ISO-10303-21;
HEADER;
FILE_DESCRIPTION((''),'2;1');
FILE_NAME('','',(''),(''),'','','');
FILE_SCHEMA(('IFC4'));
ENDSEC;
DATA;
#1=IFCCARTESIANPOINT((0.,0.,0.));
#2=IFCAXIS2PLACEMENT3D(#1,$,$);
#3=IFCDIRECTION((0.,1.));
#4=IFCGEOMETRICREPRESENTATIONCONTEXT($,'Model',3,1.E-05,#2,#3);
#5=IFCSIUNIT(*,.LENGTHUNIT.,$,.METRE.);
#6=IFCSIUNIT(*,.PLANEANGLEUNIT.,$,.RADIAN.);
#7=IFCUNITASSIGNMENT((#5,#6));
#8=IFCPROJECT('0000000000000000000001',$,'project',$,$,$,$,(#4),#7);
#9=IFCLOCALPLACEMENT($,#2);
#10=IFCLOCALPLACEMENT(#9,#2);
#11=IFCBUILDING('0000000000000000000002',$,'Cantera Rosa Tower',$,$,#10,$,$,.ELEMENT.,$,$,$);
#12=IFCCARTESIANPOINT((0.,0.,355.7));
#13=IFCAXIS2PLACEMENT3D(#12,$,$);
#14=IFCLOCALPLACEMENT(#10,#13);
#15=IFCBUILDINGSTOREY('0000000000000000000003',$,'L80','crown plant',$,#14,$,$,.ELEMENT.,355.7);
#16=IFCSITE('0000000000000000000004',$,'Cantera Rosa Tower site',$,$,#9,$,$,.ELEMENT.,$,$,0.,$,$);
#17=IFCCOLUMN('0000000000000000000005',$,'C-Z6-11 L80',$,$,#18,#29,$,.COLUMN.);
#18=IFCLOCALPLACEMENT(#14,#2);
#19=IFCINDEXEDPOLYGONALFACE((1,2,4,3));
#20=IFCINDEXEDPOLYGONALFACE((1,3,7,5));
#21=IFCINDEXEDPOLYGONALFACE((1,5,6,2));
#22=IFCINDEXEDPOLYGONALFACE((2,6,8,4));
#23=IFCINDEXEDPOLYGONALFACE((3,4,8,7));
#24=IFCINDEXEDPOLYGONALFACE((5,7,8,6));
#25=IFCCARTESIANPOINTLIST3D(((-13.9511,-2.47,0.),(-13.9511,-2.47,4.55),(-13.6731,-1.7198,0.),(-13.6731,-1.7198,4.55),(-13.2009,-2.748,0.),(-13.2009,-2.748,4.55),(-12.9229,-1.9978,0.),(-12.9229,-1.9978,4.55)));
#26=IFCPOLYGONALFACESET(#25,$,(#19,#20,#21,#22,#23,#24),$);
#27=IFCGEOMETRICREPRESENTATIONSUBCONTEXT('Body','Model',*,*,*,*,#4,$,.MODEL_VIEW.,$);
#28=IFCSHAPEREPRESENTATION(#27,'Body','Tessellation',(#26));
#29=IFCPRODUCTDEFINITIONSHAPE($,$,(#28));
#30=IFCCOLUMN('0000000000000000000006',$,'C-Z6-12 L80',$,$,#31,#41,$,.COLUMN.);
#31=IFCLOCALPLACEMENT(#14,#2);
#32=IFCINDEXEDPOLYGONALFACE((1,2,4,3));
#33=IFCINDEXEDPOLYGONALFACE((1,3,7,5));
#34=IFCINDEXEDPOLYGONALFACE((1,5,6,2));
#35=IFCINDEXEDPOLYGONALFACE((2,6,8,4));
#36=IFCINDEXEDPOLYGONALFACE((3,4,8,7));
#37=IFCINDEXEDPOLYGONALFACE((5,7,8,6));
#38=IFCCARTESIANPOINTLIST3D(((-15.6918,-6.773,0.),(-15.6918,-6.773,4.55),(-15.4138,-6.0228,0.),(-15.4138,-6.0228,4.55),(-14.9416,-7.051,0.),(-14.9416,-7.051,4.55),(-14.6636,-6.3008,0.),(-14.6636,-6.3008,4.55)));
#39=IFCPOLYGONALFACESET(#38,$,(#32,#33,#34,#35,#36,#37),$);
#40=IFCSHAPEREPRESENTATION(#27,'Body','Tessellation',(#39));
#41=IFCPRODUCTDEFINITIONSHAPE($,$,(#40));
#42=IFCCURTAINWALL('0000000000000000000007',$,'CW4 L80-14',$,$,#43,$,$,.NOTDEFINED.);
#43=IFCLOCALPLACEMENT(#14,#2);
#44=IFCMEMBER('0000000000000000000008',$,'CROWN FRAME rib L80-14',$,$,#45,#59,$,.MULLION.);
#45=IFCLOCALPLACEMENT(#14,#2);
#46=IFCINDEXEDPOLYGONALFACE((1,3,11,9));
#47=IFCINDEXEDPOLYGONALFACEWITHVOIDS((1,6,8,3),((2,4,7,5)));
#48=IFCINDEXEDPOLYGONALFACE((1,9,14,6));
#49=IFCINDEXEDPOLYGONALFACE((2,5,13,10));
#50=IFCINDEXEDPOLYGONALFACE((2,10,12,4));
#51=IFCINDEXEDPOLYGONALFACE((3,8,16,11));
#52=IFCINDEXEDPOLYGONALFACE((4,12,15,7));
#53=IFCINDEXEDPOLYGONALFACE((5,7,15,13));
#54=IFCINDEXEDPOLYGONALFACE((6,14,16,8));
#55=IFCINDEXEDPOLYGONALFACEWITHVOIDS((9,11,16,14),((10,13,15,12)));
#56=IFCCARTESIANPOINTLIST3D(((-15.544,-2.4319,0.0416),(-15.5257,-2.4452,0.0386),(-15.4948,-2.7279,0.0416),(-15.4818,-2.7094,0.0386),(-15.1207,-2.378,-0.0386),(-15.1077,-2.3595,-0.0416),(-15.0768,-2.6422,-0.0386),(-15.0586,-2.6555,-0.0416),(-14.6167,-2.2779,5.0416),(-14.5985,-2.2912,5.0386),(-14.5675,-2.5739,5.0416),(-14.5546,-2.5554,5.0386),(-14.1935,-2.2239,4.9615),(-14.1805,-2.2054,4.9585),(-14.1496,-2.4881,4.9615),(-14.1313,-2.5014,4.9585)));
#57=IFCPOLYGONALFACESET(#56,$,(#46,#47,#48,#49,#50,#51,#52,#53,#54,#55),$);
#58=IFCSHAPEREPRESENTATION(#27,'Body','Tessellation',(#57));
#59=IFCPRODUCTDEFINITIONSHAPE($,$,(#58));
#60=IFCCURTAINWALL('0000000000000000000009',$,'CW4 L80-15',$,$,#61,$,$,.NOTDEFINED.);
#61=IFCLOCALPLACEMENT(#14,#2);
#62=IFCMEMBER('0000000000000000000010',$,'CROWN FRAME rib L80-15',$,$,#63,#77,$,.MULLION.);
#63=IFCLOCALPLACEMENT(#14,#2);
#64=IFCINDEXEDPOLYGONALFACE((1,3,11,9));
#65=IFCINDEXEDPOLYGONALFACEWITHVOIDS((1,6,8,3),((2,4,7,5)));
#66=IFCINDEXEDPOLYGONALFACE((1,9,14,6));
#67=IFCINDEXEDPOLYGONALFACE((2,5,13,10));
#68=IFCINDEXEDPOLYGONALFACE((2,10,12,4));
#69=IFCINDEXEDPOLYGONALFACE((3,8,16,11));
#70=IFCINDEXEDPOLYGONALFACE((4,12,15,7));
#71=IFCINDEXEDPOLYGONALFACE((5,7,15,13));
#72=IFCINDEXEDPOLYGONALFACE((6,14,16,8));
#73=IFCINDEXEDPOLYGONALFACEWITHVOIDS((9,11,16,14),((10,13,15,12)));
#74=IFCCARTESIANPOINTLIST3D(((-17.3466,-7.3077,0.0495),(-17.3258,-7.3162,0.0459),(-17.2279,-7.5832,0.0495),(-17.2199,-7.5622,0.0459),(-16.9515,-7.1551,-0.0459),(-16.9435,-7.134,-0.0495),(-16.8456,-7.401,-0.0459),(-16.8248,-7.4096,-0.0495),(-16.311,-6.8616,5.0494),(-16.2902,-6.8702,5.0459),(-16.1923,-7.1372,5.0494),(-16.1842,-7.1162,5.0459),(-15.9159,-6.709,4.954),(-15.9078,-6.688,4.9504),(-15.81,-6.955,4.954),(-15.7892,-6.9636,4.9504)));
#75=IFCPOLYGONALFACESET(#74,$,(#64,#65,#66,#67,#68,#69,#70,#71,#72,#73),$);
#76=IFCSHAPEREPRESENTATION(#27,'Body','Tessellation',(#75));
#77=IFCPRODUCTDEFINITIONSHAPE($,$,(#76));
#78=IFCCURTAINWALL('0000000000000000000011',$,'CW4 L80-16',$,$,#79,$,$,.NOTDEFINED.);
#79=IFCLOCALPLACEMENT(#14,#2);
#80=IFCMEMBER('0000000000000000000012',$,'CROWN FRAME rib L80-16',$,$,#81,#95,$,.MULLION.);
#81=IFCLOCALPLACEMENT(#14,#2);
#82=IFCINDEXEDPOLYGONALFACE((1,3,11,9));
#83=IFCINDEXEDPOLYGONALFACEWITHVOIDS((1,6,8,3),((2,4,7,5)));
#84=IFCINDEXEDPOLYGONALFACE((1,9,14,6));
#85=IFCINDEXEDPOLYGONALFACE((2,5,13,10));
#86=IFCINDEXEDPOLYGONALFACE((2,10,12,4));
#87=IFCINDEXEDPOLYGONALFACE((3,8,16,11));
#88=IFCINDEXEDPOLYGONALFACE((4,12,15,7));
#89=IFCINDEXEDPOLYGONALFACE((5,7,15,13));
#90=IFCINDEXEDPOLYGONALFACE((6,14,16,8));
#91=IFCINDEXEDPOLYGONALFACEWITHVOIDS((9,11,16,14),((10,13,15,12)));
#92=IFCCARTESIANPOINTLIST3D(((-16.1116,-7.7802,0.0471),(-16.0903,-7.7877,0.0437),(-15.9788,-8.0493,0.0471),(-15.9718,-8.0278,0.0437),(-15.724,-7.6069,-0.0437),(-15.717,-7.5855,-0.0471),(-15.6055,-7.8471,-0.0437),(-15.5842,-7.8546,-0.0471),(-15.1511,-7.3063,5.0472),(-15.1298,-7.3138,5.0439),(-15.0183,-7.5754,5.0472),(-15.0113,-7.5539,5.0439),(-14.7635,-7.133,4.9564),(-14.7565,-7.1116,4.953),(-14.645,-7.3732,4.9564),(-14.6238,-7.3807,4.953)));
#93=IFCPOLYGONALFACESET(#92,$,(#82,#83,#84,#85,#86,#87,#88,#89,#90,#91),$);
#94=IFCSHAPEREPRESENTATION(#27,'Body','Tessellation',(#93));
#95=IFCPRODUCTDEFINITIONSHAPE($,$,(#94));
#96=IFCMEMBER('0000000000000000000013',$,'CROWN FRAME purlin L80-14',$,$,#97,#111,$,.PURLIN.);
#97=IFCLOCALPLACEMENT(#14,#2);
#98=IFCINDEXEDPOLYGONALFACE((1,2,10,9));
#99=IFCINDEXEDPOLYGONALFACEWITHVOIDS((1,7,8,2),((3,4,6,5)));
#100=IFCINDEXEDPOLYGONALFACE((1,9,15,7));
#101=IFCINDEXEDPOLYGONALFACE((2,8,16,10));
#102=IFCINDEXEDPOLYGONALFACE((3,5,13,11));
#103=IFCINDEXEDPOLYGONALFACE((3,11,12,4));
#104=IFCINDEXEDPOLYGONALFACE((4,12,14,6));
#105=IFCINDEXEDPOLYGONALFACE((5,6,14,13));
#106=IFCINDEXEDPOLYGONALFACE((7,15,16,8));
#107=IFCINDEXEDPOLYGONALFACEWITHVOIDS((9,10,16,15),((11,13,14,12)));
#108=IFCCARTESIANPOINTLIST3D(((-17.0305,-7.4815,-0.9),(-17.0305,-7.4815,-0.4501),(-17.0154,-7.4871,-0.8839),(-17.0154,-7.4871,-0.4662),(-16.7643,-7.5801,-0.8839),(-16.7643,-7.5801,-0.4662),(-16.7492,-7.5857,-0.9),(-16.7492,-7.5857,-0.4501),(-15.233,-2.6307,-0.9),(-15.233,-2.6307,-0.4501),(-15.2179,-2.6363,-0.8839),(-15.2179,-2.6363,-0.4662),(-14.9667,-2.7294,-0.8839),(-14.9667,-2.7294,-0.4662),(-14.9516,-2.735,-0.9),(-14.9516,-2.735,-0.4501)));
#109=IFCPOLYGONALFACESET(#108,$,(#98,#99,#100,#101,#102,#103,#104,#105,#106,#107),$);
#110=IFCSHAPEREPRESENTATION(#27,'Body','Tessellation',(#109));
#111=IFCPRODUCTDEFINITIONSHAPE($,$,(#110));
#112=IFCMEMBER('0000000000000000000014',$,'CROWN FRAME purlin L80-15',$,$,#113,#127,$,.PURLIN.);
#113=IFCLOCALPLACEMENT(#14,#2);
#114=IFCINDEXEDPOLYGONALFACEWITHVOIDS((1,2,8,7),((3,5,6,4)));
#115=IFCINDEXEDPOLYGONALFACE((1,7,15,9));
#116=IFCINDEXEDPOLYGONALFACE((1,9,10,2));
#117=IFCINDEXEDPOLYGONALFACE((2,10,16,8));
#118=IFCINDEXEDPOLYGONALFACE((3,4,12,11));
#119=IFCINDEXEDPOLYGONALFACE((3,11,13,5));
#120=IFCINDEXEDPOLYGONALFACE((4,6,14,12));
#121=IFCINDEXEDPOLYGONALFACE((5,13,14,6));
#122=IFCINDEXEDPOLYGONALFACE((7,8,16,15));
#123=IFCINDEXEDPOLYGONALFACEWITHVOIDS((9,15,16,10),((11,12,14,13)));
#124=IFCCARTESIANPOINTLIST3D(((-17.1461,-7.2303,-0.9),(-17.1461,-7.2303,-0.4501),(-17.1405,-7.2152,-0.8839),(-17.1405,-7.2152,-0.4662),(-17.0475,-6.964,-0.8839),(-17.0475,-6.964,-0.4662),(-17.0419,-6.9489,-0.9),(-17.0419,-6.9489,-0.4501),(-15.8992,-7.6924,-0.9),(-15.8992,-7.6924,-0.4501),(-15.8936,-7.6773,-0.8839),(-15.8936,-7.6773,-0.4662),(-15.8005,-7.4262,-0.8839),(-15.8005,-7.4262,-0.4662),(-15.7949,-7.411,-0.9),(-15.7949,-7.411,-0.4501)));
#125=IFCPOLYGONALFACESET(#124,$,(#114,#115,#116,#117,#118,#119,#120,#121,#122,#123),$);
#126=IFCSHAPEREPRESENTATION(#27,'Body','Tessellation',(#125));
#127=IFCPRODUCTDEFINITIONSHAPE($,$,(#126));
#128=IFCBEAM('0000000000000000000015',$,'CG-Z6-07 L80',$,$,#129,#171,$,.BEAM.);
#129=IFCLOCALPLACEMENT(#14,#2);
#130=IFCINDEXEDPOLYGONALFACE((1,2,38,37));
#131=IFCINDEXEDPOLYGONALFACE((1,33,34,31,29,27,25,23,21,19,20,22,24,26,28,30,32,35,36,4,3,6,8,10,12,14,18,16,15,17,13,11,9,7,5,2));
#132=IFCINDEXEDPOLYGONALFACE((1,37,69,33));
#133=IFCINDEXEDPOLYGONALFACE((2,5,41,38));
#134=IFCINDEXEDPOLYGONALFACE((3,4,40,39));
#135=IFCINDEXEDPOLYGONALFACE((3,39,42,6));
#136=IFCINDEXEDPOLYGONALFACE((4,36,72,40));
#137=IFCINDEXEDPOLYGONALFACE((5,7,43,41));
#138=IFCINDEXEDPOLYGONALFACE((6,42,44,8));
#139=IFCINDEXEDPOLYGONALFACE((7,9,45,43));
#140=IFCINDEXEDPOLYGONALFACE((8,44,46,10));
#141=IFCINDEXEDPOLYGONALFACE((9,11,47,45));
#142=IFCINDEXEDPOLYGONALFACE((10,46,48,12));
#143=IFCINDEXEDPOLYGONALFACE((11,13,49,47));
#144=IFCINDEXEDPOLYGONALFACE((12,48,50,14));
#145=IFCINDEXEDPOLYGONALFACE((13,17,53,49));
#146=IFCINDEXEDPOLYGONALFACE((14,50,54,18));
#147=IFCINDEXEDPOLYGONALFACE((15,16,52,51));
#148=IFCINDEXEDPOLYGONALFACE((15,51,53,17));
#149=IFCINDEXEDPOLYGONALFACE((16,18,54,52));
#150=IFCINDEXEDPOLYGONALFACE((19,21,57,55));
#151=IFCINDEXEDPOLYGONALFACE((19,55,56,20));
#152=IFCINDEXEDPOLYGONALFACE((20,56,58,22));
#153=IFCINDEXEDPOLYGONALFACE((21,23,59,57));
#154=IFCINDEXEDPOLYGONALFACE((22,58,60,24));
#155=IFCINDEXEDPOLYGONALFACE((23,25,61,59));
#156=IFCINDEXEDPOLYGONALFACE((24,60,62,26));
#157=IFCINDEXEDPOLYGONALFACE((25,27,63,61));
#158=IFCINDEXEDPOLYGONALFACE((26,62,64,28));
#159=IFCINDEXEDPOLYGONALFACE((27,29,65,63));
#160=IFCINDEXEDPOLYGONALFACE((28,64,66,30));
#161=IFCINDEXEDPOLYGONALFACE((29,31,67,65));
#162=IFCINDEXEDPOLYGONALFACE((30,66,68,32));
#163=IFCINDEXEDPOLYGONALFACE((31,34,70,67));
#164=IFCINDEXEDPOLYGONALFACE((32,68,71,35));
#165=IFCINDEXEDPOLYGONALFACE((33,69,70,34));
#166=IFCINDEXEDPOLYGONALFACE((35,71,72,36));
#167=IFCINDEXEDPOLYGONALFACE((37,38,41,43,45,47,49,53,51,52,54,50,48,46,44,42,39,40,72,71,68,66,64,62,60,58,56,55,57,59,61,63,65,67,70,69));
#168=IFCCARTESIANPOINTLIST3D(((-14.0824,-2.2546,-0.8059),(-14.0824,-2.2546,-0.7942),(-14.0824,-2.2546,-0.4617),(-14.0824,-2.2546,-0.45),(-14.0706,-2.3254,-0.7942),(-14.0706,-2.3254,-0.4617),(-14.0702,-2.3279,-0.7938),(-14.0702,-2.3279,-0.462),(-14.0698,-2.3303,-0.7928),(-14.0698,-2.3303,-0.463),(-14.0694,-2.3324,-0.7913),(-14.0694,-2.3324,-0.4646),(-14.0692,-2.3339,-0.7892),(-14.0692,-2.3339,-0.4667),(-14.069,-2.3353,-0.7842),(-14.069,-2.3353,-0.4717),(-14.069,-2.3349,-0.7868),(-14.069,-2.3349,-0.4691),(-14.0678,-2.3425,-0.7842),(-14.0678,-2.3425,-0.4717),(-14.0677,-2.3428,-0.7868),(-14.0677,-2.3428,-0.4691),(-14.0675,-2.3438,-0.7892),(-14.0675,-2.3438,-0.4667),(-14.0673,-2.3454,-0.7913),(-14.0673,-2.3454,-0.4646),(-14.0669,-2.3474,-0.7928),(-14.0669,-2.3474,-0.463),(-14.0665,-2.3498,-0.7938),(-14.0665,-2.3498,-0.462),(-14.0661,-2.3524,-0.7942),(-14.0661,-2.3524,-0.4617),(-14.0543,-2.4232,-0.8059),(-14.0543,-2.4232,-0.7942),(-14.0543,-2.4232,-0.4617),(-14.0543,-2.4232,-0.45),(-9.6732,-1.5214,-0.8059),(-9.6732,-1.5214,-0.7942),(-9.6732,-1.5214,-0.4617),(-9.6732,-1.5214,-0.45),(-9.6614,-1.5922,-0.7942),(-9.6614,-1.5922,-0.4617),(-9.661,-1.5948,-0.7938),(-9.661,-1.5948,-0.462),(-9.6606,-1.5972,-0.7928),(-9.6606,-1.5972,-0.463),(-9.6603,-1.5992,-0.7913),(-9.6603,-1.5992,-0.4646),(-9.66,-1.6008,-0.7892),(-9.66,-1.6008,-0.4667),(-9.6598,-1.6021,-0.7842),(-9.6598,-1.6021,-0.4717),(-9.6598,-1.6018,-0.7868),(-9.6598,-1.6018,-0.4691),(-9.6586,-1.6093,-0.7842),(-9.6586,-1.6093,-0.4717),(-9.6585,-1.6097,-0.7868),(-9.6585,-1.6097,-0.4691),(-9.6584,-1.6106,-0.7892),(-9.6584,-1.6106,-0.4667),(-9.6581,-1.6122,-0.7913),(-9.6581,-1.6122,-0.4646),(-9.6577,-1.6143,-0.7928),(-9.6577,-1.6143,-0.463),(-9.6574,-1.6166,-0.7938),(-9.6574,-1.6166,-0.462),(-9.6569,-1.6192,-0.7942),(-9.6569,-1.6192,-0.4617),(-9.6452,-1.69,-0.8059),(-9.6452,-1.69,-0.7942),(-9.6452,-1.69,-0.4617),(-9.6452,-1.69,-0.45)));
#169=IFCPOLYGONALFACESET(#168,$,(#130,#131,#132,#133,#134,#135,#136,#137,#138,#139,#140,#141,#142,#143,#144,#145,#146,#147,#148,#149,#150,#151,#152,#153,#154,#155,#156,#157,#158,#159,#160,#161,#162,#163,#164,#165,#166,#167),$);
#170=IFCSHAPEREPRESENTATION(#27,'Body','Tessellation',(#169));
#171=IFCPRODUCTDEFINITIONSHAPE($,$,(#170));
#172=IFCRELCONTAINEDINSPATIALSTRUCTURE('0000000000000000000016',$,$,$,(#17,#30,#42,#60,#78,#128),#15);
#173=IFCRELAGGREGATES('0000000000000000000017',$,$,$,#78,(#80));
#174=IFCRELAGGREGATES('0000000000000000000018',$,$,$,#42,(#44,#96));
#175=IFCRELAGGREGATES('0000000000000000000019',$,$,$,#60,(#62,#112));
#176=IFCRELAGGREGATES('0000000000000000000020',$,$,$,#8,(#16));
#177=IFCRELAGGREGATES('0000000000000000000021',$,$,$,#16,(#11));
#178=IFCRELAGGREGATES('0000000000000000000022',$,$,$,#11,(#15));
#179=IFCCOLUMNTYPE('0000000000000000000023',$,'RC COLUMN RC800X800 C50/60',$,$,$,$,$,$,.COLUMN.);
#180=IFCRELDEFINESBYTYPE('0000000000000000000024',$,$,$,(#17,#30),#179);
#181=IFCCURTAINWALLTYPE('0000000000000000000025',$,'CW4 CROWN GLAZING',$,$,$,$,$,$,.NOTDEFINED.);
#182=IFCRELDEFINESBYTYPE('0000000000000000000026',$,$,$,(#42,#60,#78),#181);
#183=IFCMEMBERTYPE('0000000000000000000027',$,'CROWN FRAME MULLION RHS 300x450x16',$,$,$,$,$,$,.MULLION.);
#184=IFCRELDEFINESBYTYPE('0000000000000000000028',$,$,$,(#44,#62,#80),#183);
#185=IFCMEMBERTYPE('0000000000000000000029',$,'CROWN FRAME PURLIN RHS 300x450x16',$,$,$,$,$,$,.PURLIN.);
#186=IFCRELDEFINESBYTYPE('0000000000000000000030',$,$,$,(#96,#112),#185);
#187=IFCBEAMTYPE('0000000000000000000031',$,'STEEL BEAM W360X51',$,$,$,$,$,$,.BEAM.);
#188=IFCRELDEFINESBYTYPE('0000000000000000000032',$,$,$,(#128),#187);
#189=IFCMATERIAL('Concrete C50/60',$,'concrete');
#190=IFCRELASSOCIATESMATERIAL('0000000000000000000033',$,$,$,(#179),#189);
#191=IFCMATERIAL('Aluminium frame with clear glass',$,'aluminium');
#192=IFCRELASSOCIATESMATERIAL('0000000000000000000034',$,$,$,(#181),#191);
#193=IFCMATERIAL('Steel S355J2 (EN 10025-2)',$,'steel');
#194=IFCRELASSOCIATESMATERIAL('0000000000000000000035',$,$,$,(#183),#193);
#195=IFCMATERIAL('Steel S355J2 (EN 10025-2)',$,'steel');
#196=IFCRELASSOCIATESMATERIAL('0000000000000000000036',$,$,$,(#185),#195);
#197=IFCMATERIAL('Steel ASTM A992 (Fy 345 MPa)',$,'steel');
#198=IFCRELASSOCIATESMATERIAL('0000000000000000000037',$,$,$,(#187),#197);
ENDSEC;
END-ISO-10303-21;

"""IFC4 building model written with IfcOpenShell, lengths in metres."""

from ifc_helpers import new_model, si_unit, direction, frame, origin, origin_2d, place, context, subcontext, project, spatial, rectangle, hollow_rectangle, i_section, extrude, material, material_profile, profile_set, type_object, element, aggregate, save


model = new_model("IFC4")

# Units and contexts
model_context = context("Model", 3, precision=1e-05, world=origin(), true_north=direction((0.0, 1.0)))
body_context = subcontext(model_context, "Body", "Model", "MODEL_VIEW")
ifc_project = project(units=[si_unit("LENGTHUNIT", "METRE"), si_unit("PLANEANGLEUNIT", "RADIAN")], contexts=[model_context])

# Site, building, storey
site_placement = place(None, origin())
site = spatial("IfcSite", under=ifc_project, at=site_placement, Name="Cantera Rosa Tower site", CompositionType="ELEMENT", RefElevation=0.0)
building_placement = place(site_placement, origin())
building = spatial("IfcBuilding", under=site, at=building_placement, Name="Cantera Rosa Tower", CompositionType="ELEMENT")
storey_placement = place(building_placement, frame((0.0, 0.0, 355.7)))
storey = spatial("IfcBuildingStorey", under=building, at=storey_placement, Name="L80", Description="crown plant", CompositionType="ELEMENT", Elevation=355.7)

# Columns
ifc_material_1 = material(Name="Concrete C50/60", Category="concrete")
ifc_material_profile_1 = material_profile(ifc_material_1, rectangle(XDim=0.8, YDim=0.8, at=origin_2d()), Name="RC COLUMN RC800X800 C50/60")
ifc_profile_set_1 = profile_set([ifc_material_profile_1], Name="Concrete C50/60")
column_type = type_object("IfcColumnType", Name="RC COLUMN RC800X800 C50/60", PredefinedType="COLUMN", material=ifc_profile_set_1)
for number, where, z_axis, x_axis, name in (
    (1, (-13.437, -2.2339, 0.0), (0.0, 0.0, 1.0), (0.347481, 0.937687, 0.0), "C-Z6-11 L80"),
    (2, (-15.1777, -6.5369, 0.0), (0.0, 0.0, 1.0), (0.347481, 0.937687, 0.0), "C-Z6-12 L80"),
):
    element("IfcColumn", number, at=place(storey_placement, frame(where, z_axis=z_axis, x_axis=x_axis)), inside=storey, type_object=column_type, Name=name, PredefinedType="COLUMN", context=body_context, shape_type="SweptSolid", body=[
        extrude(rectangle(XDim=0.8, YDim=0.8, at=origin_2d()), origin(), (0.0, 0.0, 1.0), 4.55),
    ])

# Curtain walls, members
ifc_material_2 = material(Name="Aluminium frame with clear glass", Category="aluminium")
curtain_wall_type = type_object("IfcCurtainWallType", Name="CW4 CROWN GLAZING", PredefinedType="NOTDEFINED", material=ifc_material_2)
curtain_wall_1_placement = place(storey_placement, origin())
curtain_wall_1 = element("IfcCurtainWall", 3, at=curtain_wall_1_placement, inside=storey, type_object=curtain_wall_type, Name="CW4 L80-14", PredefinedType="NOTDEFINED")
ifc_material_3 = material(Name="Steel S355J2 (EN 10025-2)", Category="steel")
ifc_material_profile_2 = material_profile(ifc_material_3, hollow_rectangle(XDim=0.3, YDim=0.45, WallThickness=0.0161, at=origin_2d()), Name="CROWN FRAME MULLION RHS 300x450x16")
ifc_profile_set_2 = profile_set([ifc_material_profile_2], Name="Steel S355J2 (EN 10025-2)")
member_type_1 = type_object("IfcMemberType", Name="CROWN FRAME MULLION RHS 300x450x16", PredefinedType="MULLION", material=ifc_profile_set_2)
member_1_placement = place(storey_placement, frame((-15.3013, -2.5437, 0.0), z_axis=(0.182257, 0.03028, 0.982785), x_axis=(-0.163894, 0.986478, 0.0)))
member_1 = element("IfcMember", 4, at=member_1_placement, type_object=member_type_1, Name="CROWN FRAME rib L80-14", PredefinedType="MULLION", context=body_context, shape_type="SweptSolid", body=[
    extrude(hollow_rectangle(XDim=0.3, YDim=0.45, WallThickness=0.0161, at=origin_2d()), origin(), (0.0, 0.0, 1.0), 5.0876),
])
curtain_wall_2_placement = place(storey_placement, origin())
curtain_wall_2 = element("IfcCurtainWall", 5, at=curtain_wall_2_placement, inside=storey, type_object=curtain_wall_type, Name="CW4 L80-15", PredefinedType="NOTDEFINED")
member_2_placement = place(storey_placement, frame((-17.0857, -7.3586, 0.0), z_axis=(0.202054, 0.087023, 0.9755), x_axis=(-0.395565, 0.918438, 0.0)))
member_2 = element("IfcMember", 6, at=member_2_placement, type_object=member_type_1, Name="CROWN FRAME rib L80-15", PredefinedType="MULLION", context=body_context, shape_type="SweptSolid", body=[
    extrude(hollow_rectangle(XDim=0.3, YDim=0.45, WallThickness=0.0161, at=origin_2d()), origin(), (0.0, 0.0, 1.0), 5.1255),
])
curtain_wall_3_placement = place(storey_placement, origin())
curtain_wall_3 = element("IfcCurtainWall", 7, at=curtain_wall_3_placement, inside=storey, type_object=curtain_wall_type, Name="CW4 L80-16", PredefinedType="NOTDEFINED")
member_3_placement = place(storey_placement, frame((-15.8479, -7.8174, 0.0), z_axis=(0.187829, 0.092673, 0.97782), x_axis=(-0.442466, 0.896785, 0.0)))
member_3 = element("IfcMember", 8, at=member_3_placement, type_object=member_type_1, Name="CROWN FRAME rib L80-16", PredefinedType="MULLION", context=body_context, shape_type="SweptSolid", body=[
    extrude(hollow_rectangle(XDim=0.3, YDim=0.45, WallThickness=0.0161, at=origin_2d()), origin(), (0.0, 0.0, 1.0), 5.1135),
])

# Members
ifc_material_4 = material(Name="Steel S355J2 (EN 10025-2)", Category="steel")
ifc_material_profile_3 = material_profile(ifc_material_4, hollow_rectangle(XDim=0.3, YDim=0.45, WallThickness=0.0161, at=origin_2d()), Name="CROWN FRAME PURLIN RHS 300x450x16")
ifc_profile_set_3 = profile_set([ifc_material_profile_3], Name="Steel S355J2 (EN 10025-2)")
member_type_2 = type_object("IfcMemberType", Name="CROWN FRAME PURLIN RHS 300x450x16", PredefinedType="PURLIN", material=ifc_profile_set_3)
member_4_placement = place(storey_placement, frame((-15.0923, -2.6829, -0.675), z_axis=(-0.347485, -0.937686, 0.0), x_axis=(0.937686, -0.347485, 0.0)))
member_4 = element("IfcMember", 9, at=member_4_placement, type_object=member_type_2, Name="CROWN FRAME purlin L80-14", PredefinedType="PURLIN", context=body_context, shape_type="SweptSolid", body=[
    extrude(hollow_rectangle(XDim=0.3, YDim=0.45, WallThickness=0.0161, at=origin_2d()), origin(), (0.0, 0.0, 1.0), 5.1731),
])
member_5_placement = place(storey_placement, frame((-17.094, -7.0896, -0.675), z_axis=(0.93768, -0.3475, 0.0), x_axis=(0.3475, 0.93768, 0.0)))
member_5 = element("IfcMember", 10, at=member_5_placement, type_object=member_type_2, Name="CROWN FRAME purlin L80-15", PredefinedType="PURLIN", context=body_context, shape_type="SweptSolid", body=[
    extrude(hollow_rectangle(XDim=0.3, YDim=0.45, WallThickness=0.0161, at=origin_2d()), origin(), (0.0, 0.0, 1.0), 1.3298),
])

# Beam
ifc_material_5 = material(Name="Steel ASTM A992 (Fy 345 MPa)", Category="steel")
ifc_material_profile_4 = material_profile(ifc_material_5, i_section(OverallWidth=0.1709, OverallDepth=0.356, WebThickness=0.0073, FlangeThickness=0.0117, FilletRadius=0.01, at=origin_2d()), Name="W360X51")
ifc_profile_set_4 = profile_set([ifc_material_profile_4], Name="Steel ASTM A992 (Fy 345 MPa)")
beam_type_1 = type_object("IfcBeamType", Name="STEEL BEAM W360X51", PredefinedType="BEAM", material=ifc_profile_set_4)
beam_1_placement = place(storey_placement, frame((-14.0684, -2.3389, -0.6279), z_axis=(0.986456, 0.164027, 0.0), x_axis=(-0.164027, 0.986456, 0.0)))
element("IfcBeam", 11, at=beam_1_placement, inside=storey, type_object=beam_type_1, Name="CG-Z6-07 L80", PredefinedType="BEAM", context=body_context, shape_type="SweptSolid", body=[
    extrude(i_section(OverallWidth=0.1709, OverallDepth=0.356, WebThickness=0.0073, FlangeThickness=0.0117, FilletRadius=0.01, at=origin_2d()), origin(), (0.0, 0.0, 1.0), 4.4697),
])

aggregate(curtain_wall_3, [member_3])

aggregate(curtain_wall_1, [member_1, member_4])
aggregate(curtain_wall_2, [member_2, member_5])

save(model, "model.ifc")
